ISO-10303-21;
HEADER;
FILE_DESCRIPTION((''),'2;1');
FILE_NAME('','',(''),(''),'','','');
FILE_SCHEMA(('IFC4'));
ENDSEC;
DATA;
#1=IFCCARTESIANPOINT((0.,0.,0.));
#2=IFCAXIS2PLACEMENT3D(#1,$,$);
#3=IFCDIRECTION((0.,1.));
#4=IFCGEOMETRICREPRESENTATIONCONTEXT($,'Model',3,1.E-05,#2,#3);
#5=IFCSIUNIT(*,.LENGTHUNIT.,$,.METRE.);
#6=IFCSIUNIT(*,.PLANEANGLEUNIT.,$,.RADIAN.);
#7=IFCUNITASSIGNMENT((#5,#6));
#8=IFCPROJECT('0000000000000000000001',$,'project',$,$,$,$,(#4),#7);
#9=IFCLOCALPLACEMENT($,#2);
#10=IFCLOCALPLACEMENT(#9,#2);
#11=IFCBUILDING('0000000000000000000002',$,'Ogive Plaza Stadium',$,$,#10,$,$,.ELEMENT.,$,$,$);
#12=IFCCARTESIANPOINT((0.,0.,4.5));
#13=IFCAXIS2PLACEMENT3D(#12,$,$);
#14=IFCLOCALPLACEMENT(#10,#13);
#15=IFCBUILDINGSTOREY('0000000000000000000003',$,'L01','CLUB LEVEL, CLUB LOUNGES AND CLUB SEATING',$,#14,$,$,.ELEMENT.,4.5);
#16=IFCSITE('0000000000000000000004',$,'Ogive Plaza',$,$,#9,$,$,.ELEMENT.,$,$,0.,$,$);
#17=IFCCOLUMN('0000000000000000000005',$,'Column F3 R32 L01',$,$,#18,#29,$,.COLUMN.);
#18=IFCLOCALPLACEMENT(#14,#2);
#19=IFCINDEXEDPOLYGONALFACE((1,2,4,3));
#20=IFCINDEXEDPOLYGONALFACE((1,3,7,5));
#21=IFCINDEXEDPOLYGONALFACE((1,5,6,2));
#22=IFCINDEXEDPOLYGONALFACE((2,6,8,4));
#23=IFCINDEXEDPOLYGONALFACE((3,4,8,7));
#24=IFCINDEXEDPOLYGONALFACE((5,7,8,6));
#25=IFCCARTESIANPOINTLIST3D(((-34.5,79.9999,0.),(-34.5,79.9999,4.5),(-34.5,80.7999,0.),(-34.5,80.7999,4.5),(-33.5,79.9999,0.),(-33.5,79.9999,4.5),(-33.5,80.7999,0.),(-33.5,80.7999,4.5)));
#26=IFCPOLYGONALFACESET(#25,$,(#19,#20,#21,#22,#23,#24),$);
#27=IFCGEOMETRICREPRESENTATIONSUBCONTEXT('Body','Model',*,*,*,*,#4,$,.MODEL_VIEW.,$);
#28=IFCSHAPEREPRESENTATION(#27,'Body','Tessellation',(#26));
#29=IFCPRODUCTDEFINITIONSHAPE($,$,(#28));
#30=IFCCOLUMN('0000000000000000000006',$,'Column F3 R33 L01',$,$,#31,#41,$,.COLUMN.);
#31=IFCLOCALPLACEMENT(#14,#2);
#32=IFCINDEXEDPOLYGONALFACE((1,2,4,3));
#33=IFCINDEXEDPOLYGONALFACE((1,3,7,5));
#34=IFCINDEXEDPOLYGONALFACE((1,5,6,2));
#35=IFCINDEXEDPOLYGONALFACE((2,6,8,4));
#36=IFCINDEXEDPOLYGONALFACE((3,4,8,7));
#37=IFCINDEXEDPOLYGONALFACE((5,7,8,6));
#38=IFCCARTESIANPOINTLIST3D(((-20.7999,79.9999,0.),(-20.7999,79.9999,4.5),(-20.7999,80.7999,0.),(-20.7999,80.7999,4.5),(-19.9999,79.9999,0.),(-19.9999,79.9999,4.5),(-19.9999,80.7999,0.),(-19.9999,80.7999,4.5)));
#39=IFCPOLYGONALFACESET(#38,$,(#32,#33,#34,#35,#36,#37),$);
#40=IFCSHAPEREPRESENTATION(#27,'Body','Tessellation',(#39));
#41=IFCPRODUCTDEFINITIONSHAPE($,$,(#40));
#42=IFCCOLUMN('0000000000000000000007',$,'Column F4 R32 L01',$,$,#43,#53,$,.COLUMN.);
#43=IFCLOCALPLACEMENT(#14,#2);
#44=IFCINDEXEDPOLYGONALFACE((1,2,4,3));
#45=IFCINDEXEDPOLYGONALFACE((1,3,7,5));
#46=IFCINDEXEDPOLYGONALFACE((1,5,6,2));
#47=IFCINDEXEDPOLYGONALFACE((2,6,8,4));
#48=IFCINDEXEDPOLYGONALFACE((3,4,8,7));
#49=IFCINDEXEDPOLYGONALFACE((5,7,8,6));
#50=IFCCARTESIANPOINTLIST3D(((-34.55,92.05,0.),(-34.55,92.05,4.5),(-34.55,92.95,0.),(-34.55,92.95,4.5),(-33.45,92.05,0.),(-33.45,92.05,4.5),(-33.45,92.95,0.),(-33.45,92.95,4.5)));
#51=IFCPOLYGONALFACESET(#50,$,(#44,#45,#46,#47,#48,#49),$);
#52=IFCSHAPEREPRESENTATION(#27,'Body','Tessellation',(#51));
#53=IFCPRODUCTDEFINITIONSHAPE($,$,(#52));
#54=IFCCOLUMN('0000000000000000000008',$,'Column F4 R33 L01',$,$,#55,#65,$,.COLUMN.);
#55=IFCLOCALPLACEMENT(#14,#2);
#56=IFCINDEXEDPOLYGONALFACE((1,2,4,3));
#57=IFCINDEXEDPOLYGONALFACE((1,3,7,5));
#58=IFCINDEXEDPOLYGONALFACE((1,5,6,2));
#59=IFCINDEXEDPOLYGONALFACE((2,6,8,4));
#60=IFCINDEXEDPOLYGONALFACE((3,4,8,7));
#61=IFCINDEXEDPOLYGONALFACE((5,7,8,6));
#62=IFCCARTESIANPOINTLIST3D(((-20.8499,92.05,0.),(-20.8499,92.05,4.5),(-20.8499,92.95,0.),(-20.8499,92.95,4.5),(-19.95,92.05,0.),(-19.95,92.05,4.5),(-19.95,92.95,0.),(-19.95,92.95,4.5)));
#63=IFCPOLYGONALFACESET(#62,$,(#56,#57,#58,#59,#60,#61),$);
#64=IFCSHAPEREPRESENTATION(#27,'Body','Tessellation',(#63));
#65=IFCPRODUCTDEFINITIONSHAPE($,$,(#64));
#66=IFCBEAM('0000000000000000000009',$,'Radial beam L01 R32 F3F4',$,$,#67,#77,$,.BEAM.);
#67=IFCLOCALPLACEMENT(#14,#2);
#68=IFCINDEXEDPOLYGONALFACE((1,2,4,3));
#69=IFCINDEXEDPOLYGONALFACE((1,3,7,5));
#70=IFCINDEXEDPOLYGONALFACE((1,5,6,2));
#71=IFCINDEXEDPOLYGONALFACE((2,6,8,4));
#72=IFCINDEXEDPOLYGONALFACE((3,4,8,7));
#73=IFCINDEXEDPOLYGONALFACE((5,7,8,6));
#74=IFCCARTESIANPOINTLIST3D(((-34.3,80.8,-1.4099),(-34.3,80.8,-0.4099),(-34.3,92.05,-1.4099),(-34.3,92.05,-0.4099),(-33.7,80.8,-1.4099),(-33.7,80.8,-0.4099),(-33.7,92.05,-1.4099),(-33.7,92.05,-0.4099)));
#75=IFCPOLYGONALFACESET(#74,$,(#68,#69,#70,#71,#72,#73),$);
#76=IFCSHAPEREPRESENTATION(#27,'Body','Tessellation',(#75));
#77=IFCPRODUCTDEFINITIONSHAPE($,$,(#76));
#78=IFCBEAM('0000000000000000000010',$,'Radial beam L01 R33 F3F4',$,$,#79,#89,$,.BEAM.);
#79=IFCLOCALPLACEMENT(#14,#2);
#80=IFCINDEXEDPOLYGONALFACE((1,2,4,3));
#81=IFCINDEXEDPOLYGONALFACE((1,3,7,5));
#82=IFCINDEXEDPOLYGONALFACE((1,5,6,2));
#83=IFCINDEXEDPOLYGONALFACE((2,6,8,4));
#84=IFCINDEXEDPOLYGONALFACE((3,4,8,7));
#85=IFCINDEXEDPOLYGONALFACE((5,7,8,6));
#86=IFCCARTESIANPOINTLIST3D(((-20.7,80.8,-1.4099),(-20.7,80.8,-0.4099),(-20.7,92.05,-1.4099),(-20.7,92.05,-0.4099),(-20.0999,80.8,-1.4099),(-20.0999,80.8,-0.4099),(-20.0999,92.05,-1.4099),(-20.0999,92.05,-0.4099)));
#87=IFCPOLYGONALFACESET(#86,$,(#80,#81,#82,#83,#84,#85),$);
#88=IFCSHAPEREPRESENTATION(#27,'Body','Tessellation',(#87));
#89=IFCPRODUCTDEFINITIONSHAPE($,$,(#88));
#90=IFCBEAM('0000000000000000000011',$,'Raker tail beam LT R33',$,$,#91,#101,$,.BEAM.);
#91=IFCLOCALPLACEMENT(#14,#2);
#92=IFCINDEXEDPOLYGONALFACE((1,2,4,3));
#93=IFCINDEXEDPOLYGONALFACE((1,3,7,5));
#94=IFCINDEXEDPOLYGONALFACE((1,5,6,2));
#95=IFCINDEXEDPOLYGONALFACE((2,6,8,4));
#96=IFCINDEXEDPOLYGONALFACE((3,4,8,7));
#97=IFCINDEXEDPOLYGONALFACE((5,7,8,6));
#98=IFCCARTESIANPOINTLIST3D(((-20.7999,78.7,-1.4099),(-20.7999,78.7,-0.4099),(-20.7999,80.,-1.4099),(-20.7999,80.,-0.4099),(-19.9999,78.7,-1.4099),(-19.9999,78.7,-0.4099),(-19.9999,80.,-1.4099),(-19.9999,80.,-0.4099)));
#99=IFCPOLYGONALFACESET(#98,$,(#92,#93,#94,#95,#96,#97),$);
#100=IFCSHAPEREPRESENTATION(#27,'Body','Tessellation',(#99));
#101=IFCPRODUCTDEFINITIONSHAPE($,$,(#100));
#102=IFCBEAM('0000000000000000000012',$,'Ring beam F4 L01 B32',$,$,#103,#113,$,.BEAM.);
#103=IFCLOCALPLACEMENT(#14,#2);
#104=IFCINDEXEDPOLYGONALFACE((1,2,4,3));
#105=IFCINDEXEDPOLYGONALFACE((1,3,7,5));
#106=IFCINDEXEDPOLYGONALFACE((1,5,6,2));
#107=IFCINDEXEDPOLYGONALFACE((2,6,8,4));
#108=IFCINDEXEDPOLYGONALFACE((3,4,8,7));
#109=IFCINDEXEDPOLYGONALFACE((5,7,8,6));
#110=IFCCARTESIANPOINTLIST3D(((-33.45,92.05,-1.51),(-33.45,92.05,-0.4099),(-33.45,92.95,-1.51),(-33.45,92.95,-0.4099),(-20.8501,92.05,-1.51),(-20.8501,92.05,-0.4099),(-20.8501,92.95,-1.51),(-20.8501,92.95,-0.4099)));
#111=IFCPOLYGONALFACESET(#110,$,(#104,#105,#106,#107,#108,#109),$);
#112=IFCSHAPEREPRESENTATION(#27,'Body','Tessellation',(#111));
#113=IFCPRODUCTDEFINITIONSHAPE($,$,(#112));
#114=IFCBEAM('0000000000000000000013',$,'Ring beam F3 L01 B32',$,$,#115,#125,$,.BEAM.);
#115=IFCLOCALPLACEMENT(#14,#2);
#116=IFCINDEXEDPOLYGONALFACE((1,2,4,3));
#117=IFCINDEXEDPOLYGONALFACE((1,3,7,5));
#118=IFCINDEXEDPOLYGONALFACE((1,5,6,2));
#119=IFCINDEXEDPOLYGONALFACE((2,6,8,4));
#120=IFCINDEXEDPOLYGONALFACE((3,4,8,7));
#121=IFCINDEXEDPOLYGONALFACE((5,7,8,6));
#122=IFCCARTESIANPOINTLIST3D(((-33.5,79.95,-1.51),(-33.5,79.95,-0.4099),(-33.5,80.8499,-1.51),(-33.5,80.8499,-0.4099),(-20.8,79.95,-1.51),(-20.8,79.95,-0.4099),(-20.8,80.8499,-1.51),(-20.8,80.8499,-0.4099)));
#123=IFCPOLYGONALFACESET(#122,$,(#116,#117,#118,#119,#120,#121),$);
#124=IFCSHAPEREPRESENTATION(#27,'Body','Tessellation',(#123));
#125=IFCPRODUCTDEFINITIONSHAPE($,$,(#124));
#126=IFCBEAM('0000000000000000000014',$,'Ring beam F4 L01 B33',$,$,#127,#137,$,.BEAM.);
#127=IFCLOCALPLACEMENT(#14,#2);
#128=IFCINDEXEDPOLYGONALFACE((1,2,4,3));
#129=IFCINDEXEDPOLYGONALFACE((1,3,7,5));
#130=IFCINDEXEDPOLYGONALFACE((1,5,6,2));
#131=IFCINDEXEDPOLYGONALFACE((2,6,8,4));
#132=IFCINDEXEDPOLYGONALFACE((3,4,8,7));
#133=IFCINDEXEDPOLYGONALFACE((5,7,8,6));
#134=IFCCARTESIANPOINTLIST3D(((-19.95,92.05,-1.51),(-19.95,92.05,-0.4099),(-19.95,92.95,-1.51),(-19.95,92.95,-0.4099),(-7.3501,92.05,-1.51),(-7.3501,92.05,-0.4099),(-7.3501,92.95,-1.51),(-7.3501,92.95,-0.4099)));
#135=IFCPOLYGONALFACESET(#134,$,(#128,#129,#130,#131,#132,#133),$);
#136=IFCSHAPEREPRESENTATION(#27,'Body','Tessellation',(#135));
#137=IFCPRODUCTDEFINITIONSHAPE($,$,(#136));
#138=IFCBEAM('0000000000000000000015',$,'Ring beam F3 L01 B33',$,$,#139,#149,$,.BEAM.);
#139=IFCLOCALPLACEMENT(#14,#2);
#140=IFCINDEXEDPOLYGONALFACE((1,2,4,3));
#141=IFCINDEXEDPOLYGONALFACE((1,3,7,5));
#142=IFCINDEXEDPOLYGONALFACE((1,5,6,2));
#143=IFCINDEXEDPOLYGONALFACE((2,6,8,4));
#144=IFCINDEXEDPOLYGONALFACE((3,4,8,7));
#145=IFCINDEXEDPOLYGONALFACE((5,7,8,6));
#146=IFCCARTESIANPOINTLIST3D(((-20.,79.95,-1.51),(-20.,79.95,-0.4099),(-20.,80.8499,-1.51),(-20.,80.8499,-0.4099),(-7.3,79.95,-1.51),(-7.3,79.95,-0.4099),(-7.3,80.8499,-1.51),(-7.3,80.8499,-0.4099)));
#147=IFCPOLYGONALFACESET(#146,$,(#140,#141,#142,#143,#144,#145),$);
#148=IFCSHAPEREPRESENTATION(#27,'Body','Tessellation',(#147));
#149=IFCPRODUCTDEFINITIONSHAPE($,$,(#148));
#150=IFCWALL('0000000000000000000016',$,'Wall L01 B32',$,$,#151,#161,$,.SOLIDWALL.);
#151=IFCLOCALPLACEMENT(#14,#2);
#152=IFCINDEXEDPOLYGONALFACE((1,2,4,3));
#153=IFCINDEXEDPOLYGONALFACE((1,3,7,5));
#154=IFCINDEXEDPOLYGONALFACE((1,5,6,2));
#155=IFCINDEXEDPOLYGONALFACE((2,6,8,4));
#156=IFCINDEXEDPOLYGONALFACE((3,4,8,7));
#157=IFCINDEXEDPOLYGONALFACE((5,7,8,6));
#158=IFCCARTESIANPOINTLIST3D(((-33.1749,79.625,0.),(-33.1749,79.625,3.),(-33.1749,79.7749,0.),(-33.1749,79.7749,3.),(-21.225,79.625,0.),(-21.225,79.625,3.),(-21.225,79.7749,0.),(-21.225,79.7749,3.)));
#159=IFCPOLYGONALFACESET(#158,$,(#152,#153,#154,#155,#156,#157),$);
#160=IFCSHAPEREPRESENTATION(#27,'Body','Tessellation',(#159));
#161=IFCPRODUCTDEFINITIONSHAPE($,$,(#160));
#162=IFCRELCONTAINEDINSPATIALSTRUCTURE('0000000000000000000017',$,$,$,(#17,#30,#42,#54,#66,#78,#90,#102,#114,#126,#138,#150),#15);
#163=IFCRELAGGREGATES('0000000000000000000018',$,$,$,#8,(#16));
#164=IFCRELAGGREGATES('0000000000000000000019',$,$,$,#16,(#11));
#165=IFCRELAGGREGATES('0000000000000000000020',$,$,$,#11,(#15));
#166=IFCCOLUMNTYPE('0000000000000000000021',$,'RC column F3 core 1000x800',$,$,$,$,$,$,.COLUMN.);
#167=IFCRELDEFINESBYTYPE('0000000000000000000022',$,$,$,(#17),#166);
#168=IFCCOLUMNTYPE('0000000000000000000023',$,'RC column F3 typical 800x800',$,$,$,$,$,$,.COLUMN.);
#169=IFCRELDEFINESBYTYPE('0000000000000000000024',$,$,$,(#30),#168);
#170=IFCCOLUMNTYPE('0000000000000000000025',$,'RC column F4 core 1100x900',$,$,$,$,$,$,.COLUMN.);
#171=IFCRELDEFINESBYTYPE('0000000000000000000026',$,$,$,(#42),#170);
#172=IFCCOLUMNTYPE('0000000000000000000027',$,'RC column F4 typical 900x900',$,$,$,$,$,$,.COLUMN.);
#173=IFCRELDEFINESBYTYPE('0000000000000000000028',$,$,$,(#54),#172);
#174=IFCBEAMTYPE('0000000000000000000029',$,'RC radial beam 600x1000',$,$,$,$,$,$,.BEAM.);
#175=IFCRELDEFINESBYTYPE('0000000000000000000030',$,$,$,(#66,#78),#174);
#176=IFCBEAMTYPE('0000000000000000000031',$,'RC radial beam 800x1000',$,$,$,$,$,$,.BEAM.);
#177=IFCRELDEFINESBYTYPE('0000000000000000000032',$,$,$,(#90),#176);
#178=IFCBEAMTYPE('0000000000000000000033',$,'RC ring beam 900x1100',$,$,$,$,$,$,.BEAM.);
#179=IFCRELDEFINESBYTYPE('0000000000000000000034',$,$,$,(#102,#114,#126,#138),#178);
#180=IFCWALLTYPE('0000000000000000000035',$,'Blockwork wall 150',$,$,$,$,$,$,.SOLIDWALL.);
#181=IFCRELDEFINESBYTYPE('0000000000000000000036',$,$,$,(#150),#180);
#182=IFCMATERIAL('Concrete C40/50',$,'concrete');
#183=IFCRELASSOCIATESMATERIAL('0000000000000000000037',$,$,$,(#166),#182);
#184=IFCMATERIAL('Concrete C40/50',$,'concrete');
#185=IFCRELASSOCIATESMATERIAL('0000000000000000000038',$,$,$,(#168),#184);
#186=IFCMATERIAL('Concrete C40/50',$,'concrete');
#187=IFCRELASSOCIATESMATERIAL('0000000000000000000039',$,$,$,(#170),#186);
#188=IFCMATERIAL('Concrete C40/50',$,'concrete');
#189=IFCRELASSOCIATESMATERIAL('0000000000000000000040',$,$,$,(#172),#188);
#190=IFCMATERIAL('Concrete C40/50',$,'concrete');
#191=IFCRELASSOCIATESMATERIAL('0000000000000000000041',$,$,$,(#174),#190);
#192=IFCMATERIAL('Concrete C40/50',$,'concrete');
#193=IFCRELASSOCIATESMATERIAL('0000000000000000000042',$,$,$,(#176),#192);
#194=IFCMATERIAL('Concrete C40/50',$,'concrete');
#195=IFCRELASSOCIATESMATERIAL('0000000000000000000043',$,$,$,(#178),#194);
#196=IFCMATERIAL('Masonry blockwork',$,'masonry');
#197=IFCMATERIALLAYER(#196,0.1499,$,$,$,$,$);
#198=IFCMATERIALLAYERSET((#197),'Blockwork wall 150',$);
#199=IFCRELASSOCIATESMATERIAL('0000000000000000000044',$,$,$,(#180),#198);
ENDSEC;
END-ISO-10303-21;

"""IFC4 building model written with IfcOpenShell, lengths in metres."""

from ifc_helpers import new_model, si_unit, direction, frame, frame_2d, origin, origin_2d, place, context, subcontext, project, spatial, rectangle, extrude, material, layer, layer_set, material_profile, profile_set, type_object, element, save


model = new_model("IFC4")

# Units and contexts
model_context = context("Model", 3, precision=1e-05, world=origin(), true_north=direction((0.0, 1.0)))
body_context = subcontext(model_context, "Body", "Model", "MODEL_VIEW")
ifc_project = project(units=[si_unit("LENGTHUNIT", "METRE"), si_unit("PLANEANGLEUNIT", "RADIAN")], contexts=[model_context])

# Site, building, storey
site_placement = place(None, origin())
site = spatial("IfcSite", under=ifc_project, at=site_placement, Name="Ogive Plaza", CompositionType="ELEMENT", RefElevation=0.0)
building_placement = place(site_placement, origin())
building = spatial("IfcBuilding", under=site, at=building_placement, Name="Ogive Plaza Stadium", CompositionType="ELEMENT")
storey_placement = place(building_placement, frame((0.0, 0.0, 4.5)))
storey = spatial("IfcBuildingStorey", under=building, at=storey_placement, Name="L01", Description="CLUB LEVEL, CLUB LOUNGES AND CLUB SEATING", CompositionType="ELEMENT", Elevation=4.5)

# Columns
ifc_material_1 = material(Name="Concrete C40/50", Category="concrete")
ifc_material_profile_1 = material_profile(ifc_material_1, rectangle(XDim=1.0, YDim=0.8, at=origin_2d()), Name="RC 1000x800")
ifc_profile_set_1 = profile_set([ifc_material_profile_1], Name="Concrete C40/50")
column_type_1 = type_object("IfcColumnType", Name="RC column F3 core 1000x800", PredefinedType="COLUMN", material=ifc_profile_set_1)
column_1_placement = place(storey_placement, frame((-34.0, 80.3999, 0.0), z_axis=(0.0, 0.0, 1.0), x_axis=(-1.0, 0.0, 0.0)))
element("IfcColumn", 1, at=column_1_placement, inside=storey, type_object=column_type_1, Name="Column F3 R32 L01", PredefinedType="COLUMN", context=body_context, shape_type="SweptSolid", body=[
    extrude(rectangle(XDim=1.0, YDim=0.8, at=origin_2d()), origin(), (0.0, 0.0, 1.0), 4.5),
])
ifc_material_2 = material(Name="Concrete C40/50", Category="concrete")
ifc_material_profile_2 = material_profile(ifc_material_2, rectangle(XDim=0.8, YDim=0.8, at=origin_2d()), Name="RC 800x800")
ifc_profile_set_2 = profile_set([ifc_material_profile_2], Name="Concrete C40/50")
column_type_2 = type_object("IfcColumnType", Name="RC column F3 typical 800x800", PredefinedType="COLUMN", material=ifc_profile_set_2)
column_2_placement = place(storey_placement, frame((-20.3999, 80.3999, 0.0), z_axis=(0.0, 0.0, 1.0), x_axis=(-1.0, 0.0, 0.0)))
element("IfcColumn", 2, at=column_2_placement, inside=storey, type_object=column_type_2, Name="Column F3 R33 L01", PredefinedType="COLUMN", context=body_context, shape_type="SweptSolid", body=[
    extrude(rectangle(XDim=0.8, YDim=0.8, at=origin_2d()), origin(), (0.0, 0.0, 1.0), 4.5),
])
ifc_material_3 = material(Name="Concrete C40/50", Category="concrete")
ifc_material_profile_3 = material_profile(ifc_material_3, rectangle(XDim=1.1001, YDim=0.8999, at=origin_2d()), Name="RC 1100x900")
ifc_profile_set_3 = profile_set([ifc_material_profile_3], Name="Concrete C40/50")
column_type_3 = type_object("IfcColumnType", Name="RC column F4 core 1100x900", PredefinedType="COLUMN", material=ifc_profile_set_3)
column_3_placement = place(storey_placement, frame((-34.0, 92.5, 0.0), z_axis=(0.0, 0.0, 1.0), x_axis=(-1.0, 0.0, 0.0)))
element("IfcColumn", 3, at=column_3_placement, inside=storey, type_object=column_type_3, Name="Column F4 R32 L01", PredefinedType="COLUMN", context=body_context, shape_type="SweptSolid", body=[
    extrude(rectangle(XDim=1.1001, YDim=0.8999, at=origin_2d()), origin(), (0.0, 0.0, 1.0), 4.5),
])
ifc_material_4 = material(Name="Concrete C40/50", Category="concrete")
ifc_material_profile_4 = material_profile(ifc_material_4, rectangle(XDim=0.8999, YDim=0.8999, at=origin_2d()), Name="RC 900x900")
ifc_profile_set_4 = profile_set([ifc_material_profile_4], Name="Concrete C40/50")
column_type_4 = type_object("IfcColumnType", Name="RC column F4 typical 900x900", PredefinedType="COLUMN", material=ifc_profile_set_4)
column_4_placement = place(storey_placement, frame((-20.3999, 92.5, 0.0), z_axis=(0.0, 0.0, 1.0), x_axis=(-1.0, 0.0, 0.0)))
element("IfcColumn", 4, at=column_4_placement, inside=storey, type_object=column_type_4, Name="Column F4 R33 L01", PredefinedType="COLUMN", context=body_context, shape_type="SweptSolid", body=[
    extrude(rectangle(XDim=0.8999, YDim=0.8999, at=origin_2d()), origin(), (0.0, 0.0, 1.0), 4.5),
])

# Beams
ifc_material_5 = material(Name="Concrete C40/50", Category="concrete")
ifc_material_profile_5 = material_profile(ifc_material_5, rectangle(XDim=0.6001, YDim=1.0, at=origin_2d()), Name="RC 600x1000")
ifc_profile_set_5 = profile_set([ifc_material_profile_5], Name="Concrete C40/50")
beam_type_1 = type_object("IfcBeamType", Name="RC radial beam 600x1000", PredefinedType="BEAM", material=ifc_profile_set_5)
for number, where, z_axis, x_axis, name in (
    (5, (-34.0, 80.8, -0.9099), (0.0, 1.0, 0.0), (-1.0, 0.0, 0.0), "Radial beam L01 R32 F3F4"),
    (6, (-20.3999, 80.8, -0.9099), (0.0, 1.0, 0.0), (-1.0, 0.0, 0.0), "Radial beam L01 R33 F3F4"),
):
    element("IfcBeam", number, at=place(storey_placement, frame(where, z_axis=z_axis, x_axis=x_axis)), inside=storey, type_object=beam_type_1, Name=name, PredefinedType="BEAM", context=body_context, shape_type="SweptSolid", body=[
        extrude(rectangle(XDim=0.6001, YDim=1.0, at=origin_2d()), origin(), (0.0, 0.0, 1.0), 11.25),
    ])
ifc_material_6 = material(Name="Concrete C40/50", Category="concrete")
ifc_material_profile_6 = material_profile(ifc_material_6, rectangle(XDim=0.8, YDim=1.0, at=origin_2d()), Name="RC 800x1000")
ifc_profile_set_6 = profile_set([ifc_material_profile_6], Name="Concrete C40/50")
beam_type_2 = type_object("IfcBeamType", Name="RC radial beam 800x1000", PredefinedType="BEAM", material=ifc_profile_set_6)
beam_1_placement = place(storey_placement, frame((-20.3999, 78.7, -0.9099), z_axis=(0.0, 1.0, 0.0), x_axis=(-1.0, 0.0, 0.0)))
element("IfcBeam", 7, at=beam_1_placement, inside=storey, type_object=beam_type_2, Name="Raker tail beam LT R33", PredefinedType="BEAM", context=body_context, shape_type="SweptSolid", body=[
    extrude(rectangle(XDim=0.8, YDim=1.0, at=origin_2d()), origin(), (0.0, 0.0, 1.0), 1.3),
])
ifc_material_7 = material(Name="Concrete C40/50", Category="concrete")
ifc_material_profile_7 = material_profile(ifc_material_7, rectangle(XDim=0.8999, YDim=1.1001, at=origin_2d()), Name="RC 900x1100")
ifc_profile_set_7 = profile_set([ifc_material_profile_7], Name="Concrete C40/50")
beam_type_3 = type_object("IfcBeamType", Name="RC ring beam 900x1100", PredefinedType="BEAM", material=ifc_profile_set_7)
beam_2_placement = place(storey_placement, frame((-33.45, 92.5, -0.96), z_axis=(1.0, 0.0, 0.0), x_axis=(0.0, 1.0, 0.0)))
element("IfcBeam", 8, at=beam_2_placement, inside=storey, type_object=beam_type_3, Name="Ring beam F4 L01 B32", PredefinedType="BEAM", context=body_context, shape_type="SweptSolid", body=[
    extrude(rectangle(XDim=0.8999, YDim=1.1001, at=origin_2d()), origin(), (0.0, 0.0, 1.0), 12.5999),
])
beam_3_placement = place(storey_placement, frame((-33.5, 80.3999, -0.96), z_axis=(1.0, 0.0, 0.0), x_axis=(0.0, 1.0, 0.0)))
element("IfcBeam", 9, at=beam_3_placement, inside=storey, type_object=beam_type_3, Name="Ring beam F3 L01 B32", PredefinedType="BEAM", context=body_context, shape_type="SweptSolid", body=[
    extrude(rectangle(XDim=0.8999, YDim=1.1001, at=origin_2d()), origin(), (0.0, 0.0, 1.0), 12.7),
])
beam_4_placement = place(storey_placement, frame((-19.95, 92.5, -0.96), z_axis=(1.0, 0.0, 0.0), x_axis=(0.0, 1.0, 0.0)))
element("IfcBeam", 10, at=beam_4_placement, inside=storey, type_object=beam_type_3, Name="Ring beam F4 L01 B33", PredefinedType="BEAM", context=body_context, shape_type="SweptSolid", body=[
    extrude(rectangle(XDim=0.8999, YDim=1.1001, at=origin_2d()), origin(), (0.0, 0.0, 1.0), 12.5999),
])
beam_5_placement = place(storey_placement, frame((-20.0, 80.3999, -0.96), z_axis=(1.0, 0.0, 0.0), x_axis=(0.0, 1.0, 0.0)))
element("IfcBeam", 11, at=beam_5_placement, inside=storey, type_object=beam_type_3, Name="Ring beam F3 L01 B33", PredefinedType="BEAM", context=body_context, shape_type="SweptSolid", body=[
    extrude(rectangle(XDim=0.8999, YDim=1.1001, at=origin_2d()), origin(), (0.0, 0.0, 1.0), 12.7),
])

# Wall
ifc_material_8 = material(Name="Masonry blockwork", Category="masonry")
ifc_layer = layer(ifc_material_8, 0.1499)
ifc_layer_set = layer_set([ifc_layer], Name="Blockwork wall 150")
wall_type = type_object("IfcWallType", Name="Blockwork wall 150", PredefinedType="SOLIDWALL", material=ifc_layer_set)
wall_1_placement = place(storey_placement, frame((-33.175, 79.7, 0.0), z_axis=(0.0, 0.0, 1.0), x_axis=(1.0, 0.0, 0.0)))
element("IfcWall", 12, at=wall_1_placement, inside=storey, type_object=wall_type, Name="Wall L01 B32", PredefinedType="SOLIDWALL", context=body_context, shape_type="SweptSolid", body=[
    extrude(rectangle(XDim=11.95, YDim=0.1499, at=frame_2d((5.9751, 0.0))), origin(), (0.0, 0.0, 1.0), 3.0),
])

save(model, "model.ifc")
